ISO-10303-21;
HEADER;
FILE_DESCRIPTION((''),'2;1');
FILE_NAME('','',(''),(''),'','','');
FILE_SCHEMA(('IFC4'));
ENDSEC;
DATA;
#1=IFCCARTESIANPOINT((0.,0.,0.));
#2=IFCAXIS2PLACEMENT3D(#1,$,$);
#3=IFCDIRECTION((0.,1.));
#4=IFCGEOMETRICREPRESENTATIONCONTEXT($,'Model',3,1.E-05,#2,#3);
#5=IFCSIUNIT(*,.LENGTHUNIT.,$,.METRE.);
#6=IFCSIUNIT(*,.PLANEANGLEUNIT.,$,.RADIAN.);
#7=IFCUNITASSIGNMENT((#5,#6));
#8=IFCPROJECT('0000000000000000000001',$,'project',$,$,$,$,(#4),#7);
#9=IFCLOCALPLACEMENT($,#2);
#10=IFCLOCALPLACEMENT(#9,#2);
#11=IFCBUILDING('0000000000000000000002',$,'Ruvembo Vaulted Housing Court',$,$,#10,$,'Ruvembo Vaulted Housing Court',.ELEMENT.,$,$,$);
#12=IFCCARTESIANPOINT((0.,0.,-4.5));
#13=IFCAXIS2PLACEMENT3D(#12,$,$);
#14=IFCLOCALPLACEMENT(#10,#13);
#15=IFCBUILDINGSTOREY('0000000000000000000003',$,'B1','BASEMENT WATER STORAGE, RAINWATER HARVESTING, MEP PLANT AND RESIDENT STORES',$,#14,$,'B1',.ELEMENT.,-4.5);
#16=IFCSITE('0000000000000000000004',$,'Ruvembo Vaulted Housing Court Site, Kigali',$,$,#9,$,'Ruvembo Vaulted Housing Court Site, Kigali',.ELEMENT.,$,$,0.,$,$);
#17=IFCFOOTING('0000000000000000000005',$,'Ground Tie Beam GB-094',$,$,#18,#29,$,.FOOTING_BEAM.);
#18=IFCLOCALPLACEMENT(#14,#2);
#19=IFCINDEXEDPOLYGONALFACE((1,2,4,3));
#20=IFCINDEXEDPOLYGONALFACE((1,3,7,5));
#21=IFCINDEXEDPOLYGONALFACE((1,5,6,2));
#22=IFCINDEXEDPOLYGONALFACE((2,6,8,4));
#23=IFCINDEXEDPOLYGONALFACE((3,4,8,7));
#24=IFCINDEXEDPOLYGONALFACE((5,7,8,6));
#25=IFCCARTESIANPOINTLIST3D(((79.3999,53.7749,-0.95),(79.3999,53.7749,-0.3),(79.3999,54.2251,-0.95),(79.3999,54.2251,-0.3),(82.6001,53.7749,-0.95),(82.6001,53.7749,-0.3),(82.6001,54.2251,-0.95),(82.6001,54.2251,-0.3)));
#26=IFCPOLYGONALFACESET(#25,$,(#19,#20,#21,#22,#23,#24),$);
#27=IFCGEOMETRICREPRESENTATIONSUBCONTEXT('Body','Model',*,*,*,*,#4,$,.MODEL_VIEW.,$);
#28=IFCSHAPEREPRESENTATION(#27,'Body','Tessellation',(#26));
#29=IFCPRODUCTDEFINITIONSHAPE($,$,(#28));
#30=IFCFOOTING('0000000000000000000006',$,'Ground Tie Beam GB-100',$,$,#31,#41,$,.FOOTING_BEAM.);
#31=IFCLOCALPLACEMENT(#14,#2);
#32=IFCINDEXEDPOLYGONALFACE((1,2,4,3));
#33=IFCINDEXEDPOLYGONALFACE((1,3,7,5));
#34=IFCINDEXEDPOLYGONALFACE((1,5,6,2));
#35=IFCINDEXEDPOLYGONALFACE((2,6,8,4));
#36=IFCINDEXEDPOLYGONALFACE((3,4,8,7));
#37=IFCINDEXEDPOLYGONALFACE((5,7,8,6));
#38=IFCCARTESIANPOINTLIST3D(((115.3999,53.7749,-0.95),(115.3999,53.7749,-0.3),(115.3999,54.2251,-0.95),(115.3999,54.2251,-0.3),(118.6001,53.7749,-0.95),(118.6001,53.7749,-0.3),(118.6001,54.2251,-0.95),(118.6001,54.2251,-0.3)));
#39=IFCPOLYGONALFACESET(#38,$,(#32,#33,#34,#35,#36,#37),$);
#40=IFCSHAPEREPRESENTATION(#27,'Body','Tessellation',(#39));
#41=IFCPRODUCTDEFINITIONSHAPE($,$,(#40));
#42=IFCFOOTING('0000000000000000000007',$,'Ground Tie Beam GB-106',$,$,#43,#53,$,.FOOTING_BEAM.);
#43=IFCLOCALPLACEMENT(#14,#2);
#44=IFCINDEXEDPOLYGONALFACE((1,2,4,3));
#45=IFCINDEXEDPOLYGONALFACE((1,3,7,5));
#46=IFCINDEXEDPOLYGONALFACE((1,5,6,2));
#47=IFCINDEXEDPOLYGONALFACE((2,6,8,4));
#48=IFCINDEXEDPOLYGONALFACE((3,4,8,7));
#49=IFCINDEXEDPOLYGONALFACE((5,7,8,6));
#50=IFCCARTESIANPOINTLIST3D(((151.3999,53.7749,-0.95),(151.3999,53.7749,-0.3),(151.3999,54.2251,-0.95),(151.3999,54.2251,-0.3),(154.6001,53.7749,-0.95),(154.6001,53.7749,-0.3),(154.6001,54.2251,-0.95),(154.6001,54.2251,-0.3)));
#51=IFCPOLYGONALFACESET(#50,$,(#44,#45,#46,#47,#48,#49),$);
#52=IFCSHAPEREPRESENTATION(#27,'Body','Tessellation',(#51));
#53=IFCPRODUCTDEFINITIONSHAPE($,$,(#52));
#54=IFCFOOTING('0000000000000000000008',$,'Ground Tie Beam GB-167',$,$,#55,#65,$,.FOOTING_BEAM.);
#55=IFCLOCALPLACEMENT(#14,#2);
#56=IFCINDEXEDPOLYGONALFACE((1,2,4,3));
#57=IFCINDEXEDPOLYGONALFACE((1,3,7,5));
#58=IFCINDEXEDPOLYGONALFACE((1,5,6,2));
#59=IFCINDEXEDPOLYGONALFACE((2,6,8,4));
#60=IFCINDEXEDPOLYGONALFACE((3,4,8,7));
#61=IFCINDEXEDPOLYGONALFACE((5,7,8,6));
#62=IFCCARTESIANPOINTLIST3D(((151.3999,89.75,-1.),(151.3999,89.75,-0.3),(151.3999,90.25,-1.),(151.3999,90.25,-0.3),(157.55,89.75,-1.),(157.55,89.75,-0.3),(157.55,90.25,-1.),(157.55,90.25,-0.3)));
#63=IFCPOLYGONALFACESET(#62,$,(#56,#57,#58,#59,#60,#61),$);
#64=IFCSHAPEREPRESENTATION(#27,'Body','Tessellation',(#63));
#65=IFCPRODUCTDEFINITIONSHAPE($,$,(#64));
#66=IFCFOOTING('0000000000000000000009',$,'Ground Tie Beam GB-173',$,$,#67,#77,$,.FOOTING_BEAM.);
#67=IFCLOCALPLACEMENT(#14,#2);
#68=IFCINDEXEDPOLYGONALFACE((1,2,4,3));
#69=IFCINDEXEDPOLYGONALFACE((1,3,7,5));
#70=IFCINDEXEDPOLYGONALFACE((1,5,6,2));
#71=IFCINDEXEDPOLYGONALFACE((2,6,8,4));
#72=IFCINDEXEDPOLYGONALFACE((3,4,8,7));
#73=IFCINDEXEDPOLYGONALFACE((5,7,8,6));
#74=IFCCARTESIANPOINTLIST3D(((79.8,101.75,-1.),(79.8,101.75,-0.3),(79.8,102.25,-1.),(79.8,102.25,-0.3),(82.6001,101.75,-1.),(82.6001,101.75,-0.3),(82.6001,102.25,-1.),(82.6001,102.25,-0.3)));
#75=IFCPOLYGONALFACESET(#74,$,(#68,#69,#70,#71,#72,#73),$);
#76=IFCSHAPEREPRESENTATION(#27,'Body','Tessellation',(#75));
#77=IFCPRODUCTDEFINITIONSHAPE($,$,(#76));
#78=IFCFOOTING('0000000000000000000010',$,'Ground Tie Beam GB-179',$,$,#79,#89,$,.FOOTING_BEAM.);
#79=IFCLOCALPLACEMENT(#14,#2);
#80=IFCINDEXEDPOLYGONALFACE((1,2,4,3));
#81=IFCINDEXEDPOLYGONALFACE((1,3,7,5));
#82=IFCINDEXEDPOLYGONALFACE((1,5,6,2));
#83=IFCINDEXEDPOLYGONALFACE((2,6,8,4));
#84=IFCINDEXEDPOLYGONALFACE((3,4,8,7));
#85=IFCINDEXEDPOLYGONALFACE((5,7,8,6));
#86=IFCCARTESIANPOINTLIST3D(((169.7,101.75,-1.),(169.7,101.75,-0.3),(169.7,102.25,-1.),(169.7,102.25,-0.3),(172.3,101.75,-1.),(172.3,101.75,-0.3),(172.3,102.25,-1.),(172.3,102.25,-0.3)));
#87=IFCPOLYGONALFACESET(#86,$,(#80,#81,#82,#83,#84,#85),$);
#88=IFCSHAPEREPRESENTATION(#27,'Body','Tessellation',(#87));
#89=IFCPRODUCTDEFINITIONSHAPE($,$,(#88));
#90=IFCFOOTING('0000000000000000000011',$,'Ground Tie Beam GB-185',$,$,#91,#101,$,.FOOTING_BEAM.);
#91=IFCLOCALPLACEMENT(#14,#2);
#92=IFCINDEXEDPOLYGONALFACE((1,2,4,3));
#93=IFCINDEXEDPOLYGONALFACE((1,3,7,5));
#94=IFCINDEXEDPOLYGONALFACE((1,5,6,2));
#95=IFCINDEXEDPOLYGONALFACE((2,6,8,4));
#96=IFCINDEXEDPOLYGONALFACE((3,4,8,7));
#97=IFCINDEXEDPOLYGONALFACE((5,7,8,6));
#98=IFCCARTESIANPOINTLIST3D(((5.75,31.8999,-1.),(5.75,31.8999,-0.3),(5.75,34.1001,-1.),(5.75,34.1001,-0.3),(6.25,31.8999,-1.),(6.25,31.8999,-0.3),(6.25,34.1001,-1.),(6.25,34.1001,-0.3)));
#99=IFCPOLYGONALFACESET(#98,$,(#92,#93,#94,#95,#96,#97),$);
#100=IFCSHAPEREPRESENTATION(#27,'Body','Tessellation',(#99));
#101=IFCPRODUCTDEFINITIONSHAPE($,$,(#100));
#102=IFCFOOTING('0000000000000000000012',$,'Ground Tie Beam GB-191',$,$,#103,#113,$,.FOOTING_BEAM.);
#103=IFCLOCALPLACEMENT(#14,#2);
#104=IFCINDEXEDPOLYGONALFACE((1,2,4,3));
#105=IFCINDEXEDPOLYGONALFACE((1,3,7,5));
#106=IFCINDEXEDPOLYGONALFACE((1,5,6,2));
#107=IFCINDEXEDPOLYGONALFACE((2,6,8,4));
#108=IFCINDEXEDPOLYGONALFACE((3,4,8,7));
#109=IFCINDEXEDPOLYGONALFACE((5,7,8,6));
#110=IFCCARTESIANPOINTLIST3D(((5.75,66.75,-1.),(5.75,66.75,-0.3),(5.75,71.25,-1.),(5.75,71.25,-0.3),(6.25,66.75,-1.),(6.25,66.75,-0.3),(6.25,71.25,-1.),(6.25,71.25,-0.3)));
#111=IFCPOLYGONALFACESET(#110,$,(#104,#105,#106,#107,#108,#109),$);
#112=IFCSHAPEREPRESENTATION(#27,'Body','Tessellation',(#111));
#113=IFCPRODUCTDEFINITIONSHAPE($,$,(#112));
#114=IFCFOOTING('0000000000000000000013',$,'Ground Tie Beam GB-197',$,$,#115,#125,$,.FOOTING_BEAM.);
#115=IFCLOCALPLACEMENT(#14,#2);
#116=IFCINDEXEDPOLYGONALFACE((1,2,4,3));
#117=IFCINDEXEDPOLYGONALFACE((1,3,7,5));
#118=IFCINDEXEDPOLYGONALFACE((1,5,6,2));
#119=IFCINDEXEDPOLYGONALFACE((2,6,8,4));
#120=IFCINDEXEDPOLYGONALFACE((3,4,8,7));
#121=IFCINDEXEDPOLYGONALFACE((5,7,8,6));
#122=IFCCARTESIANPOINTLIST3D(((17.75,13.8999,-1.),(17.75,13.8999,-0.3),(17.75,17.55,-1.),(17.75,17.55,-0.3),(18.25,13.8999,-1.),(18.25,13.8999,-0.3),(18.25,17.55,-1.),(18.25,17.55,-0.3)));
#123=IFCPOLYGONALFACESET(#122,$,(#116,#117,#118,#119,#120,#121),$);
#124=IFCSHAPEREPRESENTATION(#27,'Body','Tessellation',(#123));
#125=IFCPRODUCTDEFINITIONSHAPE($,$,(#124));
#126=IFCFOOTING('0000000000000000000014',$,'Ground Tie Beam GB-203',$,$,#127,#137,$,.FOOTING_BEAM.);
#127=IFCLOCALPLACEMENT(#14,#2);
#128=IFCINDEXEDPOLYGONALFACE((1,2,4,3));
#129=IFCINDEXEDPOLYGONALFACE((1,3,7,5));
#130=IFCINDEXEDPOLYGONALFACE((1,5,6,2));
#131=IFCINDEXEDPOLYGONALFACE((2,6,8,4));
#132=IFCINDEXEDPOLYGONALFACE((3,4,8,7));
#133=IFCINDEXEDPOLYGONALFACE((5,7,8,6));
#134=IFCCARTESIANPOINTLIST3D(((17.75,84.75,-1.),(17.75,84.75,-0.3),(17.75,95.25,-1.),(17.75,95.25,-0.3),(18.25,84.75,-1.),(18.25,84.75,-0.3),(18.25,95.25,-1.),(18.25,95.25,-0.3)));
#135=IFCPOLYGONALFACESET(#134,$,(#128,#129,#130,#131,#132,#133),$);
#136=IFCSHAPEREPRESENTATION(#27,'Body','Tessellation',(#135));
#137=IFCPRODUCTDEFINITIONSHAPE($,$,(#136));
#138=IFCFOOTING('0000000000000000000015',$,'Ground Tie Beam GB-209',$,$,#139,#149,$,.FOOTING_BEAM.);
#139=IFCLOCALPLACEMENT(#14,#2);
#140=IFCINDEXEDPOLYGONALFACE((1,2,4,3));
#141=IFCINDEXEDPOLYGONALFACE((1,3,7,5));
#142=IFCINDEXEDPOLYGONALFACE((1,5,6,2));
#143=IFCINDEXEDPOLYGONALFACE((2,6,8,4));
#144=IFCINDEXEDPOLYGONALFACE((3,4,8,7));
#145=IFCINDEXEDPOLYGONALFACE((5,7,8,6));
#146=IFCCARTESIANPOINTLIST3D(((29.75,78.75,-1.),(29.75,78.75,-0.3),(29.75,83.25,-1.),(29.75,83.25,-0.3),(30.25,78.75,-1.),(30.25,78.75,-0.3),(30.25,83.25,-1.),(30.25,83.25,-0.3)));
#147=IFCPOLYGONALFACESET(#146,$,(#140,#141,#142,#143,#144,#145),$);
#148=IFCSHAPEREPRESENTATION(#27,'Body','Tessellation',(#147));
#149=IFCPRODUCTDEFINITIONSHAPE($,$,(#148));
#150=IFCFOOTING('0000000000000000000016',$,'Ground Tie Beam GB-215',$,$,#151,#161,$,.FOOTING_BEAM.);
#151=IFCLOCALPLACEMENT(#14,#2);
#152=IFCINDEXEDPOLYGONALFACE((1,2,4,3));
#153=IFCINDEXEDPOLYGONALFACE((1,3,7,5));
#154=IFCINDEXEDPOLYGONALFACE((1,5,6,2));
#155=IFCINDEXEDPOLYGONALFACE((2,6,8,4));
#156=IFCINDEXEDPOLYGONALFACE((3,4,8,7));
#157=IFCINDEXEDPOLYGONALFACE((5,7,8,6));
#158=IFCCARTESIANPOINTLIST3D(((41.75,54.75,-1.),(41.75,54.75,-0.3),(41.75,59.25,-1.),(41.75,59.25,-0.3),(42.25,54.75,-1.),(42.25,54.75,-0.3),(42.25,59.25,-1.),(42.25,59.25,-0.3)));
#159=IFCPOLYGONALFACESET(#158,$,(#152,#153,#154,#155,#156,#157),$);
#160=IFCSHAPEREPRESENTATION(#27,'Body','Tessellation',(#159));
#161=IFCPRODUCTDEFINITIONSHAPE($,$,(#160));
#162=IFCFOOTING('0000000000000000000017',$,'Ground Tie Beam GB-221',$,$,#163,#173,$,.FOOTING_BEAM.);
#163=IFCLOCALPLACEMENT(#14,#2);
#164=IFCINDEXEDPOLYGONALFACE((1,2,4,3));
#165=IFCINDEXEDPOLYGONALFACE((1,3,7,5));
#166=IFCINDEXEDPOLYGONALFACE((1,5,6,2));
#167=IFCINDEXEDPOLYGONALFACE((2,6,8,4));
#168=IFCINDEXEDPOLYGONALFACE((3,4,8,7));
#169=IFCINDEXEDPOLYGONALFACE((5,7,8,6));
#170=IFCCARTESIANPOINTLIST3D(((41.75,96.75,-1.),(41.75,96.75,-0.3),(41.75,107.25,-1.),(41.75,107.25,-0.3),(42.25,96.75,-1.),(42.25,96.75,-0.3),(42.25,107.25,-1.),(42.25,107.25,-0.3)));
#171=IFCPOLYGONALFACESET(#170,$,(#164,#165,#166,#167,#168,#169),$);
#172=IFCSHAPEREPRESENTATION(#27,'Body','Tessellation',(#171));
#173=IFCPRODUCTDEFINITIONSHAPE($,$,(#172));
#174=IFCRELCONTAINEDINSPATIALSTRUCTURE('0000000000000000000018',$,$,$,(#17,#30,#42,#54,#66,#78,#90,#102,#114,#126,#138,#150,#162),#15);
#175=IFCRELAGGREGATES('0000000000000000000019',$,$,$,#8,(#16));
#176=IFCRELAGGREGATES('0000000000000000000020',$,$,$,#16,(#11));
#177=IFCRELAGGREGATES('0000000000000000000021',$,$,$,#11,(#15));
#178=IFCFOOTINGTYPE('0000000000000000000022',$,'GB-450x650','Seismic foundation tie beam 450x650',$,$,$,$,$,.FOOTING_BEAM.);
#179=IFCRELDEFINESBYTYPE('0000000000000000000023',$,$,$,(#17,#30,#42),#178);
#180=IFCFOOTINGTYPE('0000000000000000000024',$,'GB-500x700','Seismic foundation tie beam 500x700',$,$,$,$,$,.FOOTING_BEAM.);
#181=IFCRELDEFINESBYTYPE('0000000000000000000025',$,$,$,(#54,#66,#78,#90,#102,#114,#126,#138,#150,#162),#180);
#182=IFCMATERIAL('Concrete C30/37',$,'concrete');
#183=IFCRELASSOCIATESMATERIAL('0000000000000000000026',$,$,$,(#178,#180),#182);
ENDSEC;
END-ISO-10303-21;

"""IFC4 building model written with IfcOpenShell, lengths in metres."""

from ifc_helpers import new_model, si_unit, direction, frame, origin, place, context, subcontext, project, spatial, polyline, outline, extrude, material, type_object, element, save


model = new_model("IFC4")

# Units and contexts
model_context = context("Model", 3, precision=1e-05, world=origin(), true_north=direction((0.0, 1.0)))
body_context = subcontext(model_context, "Body", "Model", "MODEL_VIEW")
ifc_project = project(units=[si_unit("LENGTHUNIT", "METRE"), si_unit("PLANEANGLEUNIT", "RADIAN")], contexts=[model_context])

# Site, building, storey
site_placement = place(None, origin())
site = spatial("IfcSite", under=ifc_project, at=site_placement, Name="Ruvembo Vaulted Housing Court Site, Kigali", LongName="Ruvembo Vaulted Housing Court Site, Kigali", CompositionType="ELEMENT", RefElevation=0.0)
building_placement = place(site_placement, origin())
building = spatial("IfcBuilding", under=site, at=building_placement, Name="Ruvembo Vaulted Housing Court", LongName="Ruvembo Vaulted Housing Court", CompositionType="ELEMENT")
storey_placement = place(building_placement, frame((0.0, 0.0, -4.5)))
storey = spatial("IfcBuildingStorey", under=building, at=storey_placement, Name="B1", Description="BASEMENT WATER STORAGE, RAINWATER HARVESTING, MEP PLANT AND RESIDENT STORES", LongName="B1", CompositionType="ELEMENT", Elevation=-4.5)

# Footings
ifc_material = material(Name="Concrete C30/37", Category="concrete")
footing_type_1 = type_object("IfcFootingType", Name="GB-450x650", Description="Seismic foundation tie beam 450x650", PredefinedType="FOOTING_BEAM", material=ifc_material)
footing_1_placement = place(storey_placement, frame((0.0, 0.0, -0.95)))
element("IfcFooting", 1, at=footing_1_placement, inside=storey, type_object=footing_type_1, Name="Ground Tie Beam GB-094", PredefinedType="FOOTING_BEAM", context=body_context, shape_type="SweptSolid", body=[
    extrude(outline(polyline([(79.3999, 53.7749), (82.6001, 53.7749), (82.6001, 54.2251), (79.3999, 54.2251), (79.3999, 53.7749)])), origin(), (0.0, 0.0, 1.0), 0.6499),
])
footing_2_placement = place(storey_placement, frame((0.0, 0.0, -0.95)))
element("IfcFooting", 2, at=footing_2_placement, inside=storey, type_object=footing_type_1, Name="Ground Tie Beam GB-100", PredefinedType="FOOTING_BEAM", context=body_context, shape_type="SweptSolid", body=[
    extrude(outline(polyline([(115.3999, 53.7749), (118.6001, 53.7749), (118.6001, 54.2251), (115.3999, 54.2251), (115.3999, 53.7749)])), origin(), (0.0, 0.0, 1.0), 0.6499),
])
footing_3_placement = place(storey_placement, frame((0.0, 0.0, -0.95)))
element("IfcFooting", 3, at=footing_3_placement, inside=storey, type_object=footing_type_1, Name="Ground Tie Beam GB-106", PredefinedType="FOOTING_BEAM", context=body_context, shape_type="SweptSolid", body=[
    extrude(outline(polyline([(151.3999, 53.7749), (154.6001, 53.7749), (154.6001, 54.2251), (151.3999, 54.2251), (151.3999, 53.7749)])), origin(), (0.0, 0.0, 1.0), 0.6499),
])
footing_type_2 = type_object("IfcFootingType", Name="GB-500x700", Description="Seismic foundation tie beam 500x700", PredefinedType="FOOTING_BEAM", material=ifc_material)
footing_4_placement = place(storey_placement, frame((0.0, 0.0, -1.0)))
element("IfcFooting", 4, at=footing_4_placement, inside=storey, type_object=footing_type_2, Name="Ground Tie Beam GB-167", PredefinedType="FOOTING_BEAM", context=body_context, shape_type="SweptSolid", body=[
    extrude(outline(polyline([(151.3999, 89.75), (157.55, 89.75), (157.55, 90.25), (151.3999, 90.25), (151.3999, 89.75)])), origin(), (0.0, 0.0, 1.0), 0.7),
])
footing_5_placement = place(storey_placement, frame((0.0, 0.0, -1.0)))
element("IfcFooting", 5, at=footing_5_placement, inside=storey, type_object=footing_type_2, Name="Ground Tie Beam GB-173", PredefinedType="FOOTING_BEAM", context=body_context, shape_type="SweptSolid", body=[
    extrude(outline(polyline([(79.8, 101.75), (82.6001, 101.75), (82.6001, 102.25), (79.8, 102.25), (79.8, 101.75)])), origin(), (0.0, 0.0, 1.0), 0.7),
])
footing_6_placement = place(storey_placement, frame((0.0, 0.0, -1.0)))
element("IfcFooting", 6, at=footing_6_placement, inside=storey, type_object=footing_type_2, Name="Ground Tie Beam GB-179", PredefinedType="FOOTING_BEAM", context=body_context, shape_type="SweptSolid", body=[
    extrude(outline(polyline([(169.7, 101.75), (172.3, 101.75), (172.3, 102.25), (169.7, 102.25), (169.7, 101.75)])), origin(), (0.0, 0.0, 1.0), 0.7),
])
footing_7_placement = place(storey_placement, frame((0.0, 0.0, -1.0)))
element("IfcFooting", 7, at=footing_7_placement, inside=storey, type_object=footing_type_2, Name="Ground Tie Beam GB-185", PredefinedType="FOOTING_BEAM", context=body_context, shape_type="SweptSolid", body=[
    extrude(outline(polyline([(5.75, 31.8999), (6.25, 31.8999), (6.25, 34.1001), (5.75, 34.1001), (5.75, 31.8999)])), origin(), (0.0, 0.0, 1.0), 0.7),
])
footing_8_placement = place(storey_placement, frame((0.0, 0.0, -1.0)))
element("IfcFooting", 8, at=footing_8_placement, inside=storey, type_object=footing_type_2, Name="Ground Tie Beam GB-191", PredefinedType="FOOTING_BEAM", context=body_context, shape_type="SweptSolid", body=[
    extrude(outline(polyline([(5.75, 66.75), (6.25, 66.75), (6.25, 71.25), (5.75, 71.25), (5.75, 66.75)])), origin(), (0.0, 0.0, 1.0), 0.7),
])
footing_9_placement = place(storey_placement, frame((0.0, 0.0, -1.0)))
element("IfcFooting", 9, at=footing_9_placement, inside=storey, type_object=footing_type_2, Name="Ground Tie Beam GB-197", PredefinedType="FOOTING_BEAM", context=body_context, shape_type="SweptSolid", body=[
    extrude(outline(polyline([(17.75, 13.8999), (18.25, 13.8999), (18.25, 17.55), (17.75, 17.55), (17.75, 13.8999)])), origin(), (0.0, 0.0, 1.0), 0.7),
])
footing_10_placement = place(storey_placement, frame((0.0, 0.0, -1.0)))
element("IfcFooting", 10, at=footing_10_placement, inside=storey, type_object=footing_type_2, Name="Ground Tie Beam GB-203", PredefinedType="FOOTING_BEAM", context=body_context, shape_type="SweptSolid", body=[
    extrude(outline(polyline([(17.75, 84.75), (18.25, 84.75), (18.25, 95.25), (17.75, 95.25), (17.75, 84.75)])), origin(), (0.0, 0.0, 1.0), 0.7),
])
footing_11_placement = place(storey_placement, frame((0.0, 0.0, -1.0)))
element("IfcFooting", 11, at=footing_11_placement, inside=storey, type_object=footing_type_2, Name="Ground Tie Beam GB-209", PredefinedType="FOOTING_BEAM", context=body_context, shape_type="SweptSolid", body=[
    extrude(outline(polyline([(29.75, 78.75), (30.25, 78.75), (30.25, 83.25), (29.75, 83.25), (29.75, 78.75)])), origin(), (0.0, 0.0, 1.0), 0.7),
])
footing_12_placement = place(storey_placement, frame((0.0, 0.0, -1.0)))
element("IfcFooting", 12, at=footing_12_placement, inside=storey, type_object=footing_type_2, Name="Ground Tie Beam GB-215", PredefinedType="FOOTING_BEAM", context=body_context, shape_type="SweptSolid", body=[
    extrude(outline(polyline([(41.75, 54.75), (42.25, 54.75), (42.25, 59.25), (41.75, 59.25), (41.75, 54.75)])), origin(), (0.0, 0.0, 1.0), 0.7),
])
footing_13_placement = place(storey_placement, frame((0.0, 0.0, -1.0)))
element("IfcFooting", 13, at=footing_13_placement, inside=storey, type_object=footing_type_2, Name="Ground Tie Beam GB-221", PredefinedType="FOOTING_BEAM", context=body_context, shape_type="SweptSolid", body=[
    extrude(outline(polyline([(41.75, 96.75), (42.25, 96.75), (42.25, 107.25), (41.75, 107.25), (41.75, 96.75)])), origin(), (0.0, 0.0, 1.0), 0.7),
])

save(model, "model.ifc")
